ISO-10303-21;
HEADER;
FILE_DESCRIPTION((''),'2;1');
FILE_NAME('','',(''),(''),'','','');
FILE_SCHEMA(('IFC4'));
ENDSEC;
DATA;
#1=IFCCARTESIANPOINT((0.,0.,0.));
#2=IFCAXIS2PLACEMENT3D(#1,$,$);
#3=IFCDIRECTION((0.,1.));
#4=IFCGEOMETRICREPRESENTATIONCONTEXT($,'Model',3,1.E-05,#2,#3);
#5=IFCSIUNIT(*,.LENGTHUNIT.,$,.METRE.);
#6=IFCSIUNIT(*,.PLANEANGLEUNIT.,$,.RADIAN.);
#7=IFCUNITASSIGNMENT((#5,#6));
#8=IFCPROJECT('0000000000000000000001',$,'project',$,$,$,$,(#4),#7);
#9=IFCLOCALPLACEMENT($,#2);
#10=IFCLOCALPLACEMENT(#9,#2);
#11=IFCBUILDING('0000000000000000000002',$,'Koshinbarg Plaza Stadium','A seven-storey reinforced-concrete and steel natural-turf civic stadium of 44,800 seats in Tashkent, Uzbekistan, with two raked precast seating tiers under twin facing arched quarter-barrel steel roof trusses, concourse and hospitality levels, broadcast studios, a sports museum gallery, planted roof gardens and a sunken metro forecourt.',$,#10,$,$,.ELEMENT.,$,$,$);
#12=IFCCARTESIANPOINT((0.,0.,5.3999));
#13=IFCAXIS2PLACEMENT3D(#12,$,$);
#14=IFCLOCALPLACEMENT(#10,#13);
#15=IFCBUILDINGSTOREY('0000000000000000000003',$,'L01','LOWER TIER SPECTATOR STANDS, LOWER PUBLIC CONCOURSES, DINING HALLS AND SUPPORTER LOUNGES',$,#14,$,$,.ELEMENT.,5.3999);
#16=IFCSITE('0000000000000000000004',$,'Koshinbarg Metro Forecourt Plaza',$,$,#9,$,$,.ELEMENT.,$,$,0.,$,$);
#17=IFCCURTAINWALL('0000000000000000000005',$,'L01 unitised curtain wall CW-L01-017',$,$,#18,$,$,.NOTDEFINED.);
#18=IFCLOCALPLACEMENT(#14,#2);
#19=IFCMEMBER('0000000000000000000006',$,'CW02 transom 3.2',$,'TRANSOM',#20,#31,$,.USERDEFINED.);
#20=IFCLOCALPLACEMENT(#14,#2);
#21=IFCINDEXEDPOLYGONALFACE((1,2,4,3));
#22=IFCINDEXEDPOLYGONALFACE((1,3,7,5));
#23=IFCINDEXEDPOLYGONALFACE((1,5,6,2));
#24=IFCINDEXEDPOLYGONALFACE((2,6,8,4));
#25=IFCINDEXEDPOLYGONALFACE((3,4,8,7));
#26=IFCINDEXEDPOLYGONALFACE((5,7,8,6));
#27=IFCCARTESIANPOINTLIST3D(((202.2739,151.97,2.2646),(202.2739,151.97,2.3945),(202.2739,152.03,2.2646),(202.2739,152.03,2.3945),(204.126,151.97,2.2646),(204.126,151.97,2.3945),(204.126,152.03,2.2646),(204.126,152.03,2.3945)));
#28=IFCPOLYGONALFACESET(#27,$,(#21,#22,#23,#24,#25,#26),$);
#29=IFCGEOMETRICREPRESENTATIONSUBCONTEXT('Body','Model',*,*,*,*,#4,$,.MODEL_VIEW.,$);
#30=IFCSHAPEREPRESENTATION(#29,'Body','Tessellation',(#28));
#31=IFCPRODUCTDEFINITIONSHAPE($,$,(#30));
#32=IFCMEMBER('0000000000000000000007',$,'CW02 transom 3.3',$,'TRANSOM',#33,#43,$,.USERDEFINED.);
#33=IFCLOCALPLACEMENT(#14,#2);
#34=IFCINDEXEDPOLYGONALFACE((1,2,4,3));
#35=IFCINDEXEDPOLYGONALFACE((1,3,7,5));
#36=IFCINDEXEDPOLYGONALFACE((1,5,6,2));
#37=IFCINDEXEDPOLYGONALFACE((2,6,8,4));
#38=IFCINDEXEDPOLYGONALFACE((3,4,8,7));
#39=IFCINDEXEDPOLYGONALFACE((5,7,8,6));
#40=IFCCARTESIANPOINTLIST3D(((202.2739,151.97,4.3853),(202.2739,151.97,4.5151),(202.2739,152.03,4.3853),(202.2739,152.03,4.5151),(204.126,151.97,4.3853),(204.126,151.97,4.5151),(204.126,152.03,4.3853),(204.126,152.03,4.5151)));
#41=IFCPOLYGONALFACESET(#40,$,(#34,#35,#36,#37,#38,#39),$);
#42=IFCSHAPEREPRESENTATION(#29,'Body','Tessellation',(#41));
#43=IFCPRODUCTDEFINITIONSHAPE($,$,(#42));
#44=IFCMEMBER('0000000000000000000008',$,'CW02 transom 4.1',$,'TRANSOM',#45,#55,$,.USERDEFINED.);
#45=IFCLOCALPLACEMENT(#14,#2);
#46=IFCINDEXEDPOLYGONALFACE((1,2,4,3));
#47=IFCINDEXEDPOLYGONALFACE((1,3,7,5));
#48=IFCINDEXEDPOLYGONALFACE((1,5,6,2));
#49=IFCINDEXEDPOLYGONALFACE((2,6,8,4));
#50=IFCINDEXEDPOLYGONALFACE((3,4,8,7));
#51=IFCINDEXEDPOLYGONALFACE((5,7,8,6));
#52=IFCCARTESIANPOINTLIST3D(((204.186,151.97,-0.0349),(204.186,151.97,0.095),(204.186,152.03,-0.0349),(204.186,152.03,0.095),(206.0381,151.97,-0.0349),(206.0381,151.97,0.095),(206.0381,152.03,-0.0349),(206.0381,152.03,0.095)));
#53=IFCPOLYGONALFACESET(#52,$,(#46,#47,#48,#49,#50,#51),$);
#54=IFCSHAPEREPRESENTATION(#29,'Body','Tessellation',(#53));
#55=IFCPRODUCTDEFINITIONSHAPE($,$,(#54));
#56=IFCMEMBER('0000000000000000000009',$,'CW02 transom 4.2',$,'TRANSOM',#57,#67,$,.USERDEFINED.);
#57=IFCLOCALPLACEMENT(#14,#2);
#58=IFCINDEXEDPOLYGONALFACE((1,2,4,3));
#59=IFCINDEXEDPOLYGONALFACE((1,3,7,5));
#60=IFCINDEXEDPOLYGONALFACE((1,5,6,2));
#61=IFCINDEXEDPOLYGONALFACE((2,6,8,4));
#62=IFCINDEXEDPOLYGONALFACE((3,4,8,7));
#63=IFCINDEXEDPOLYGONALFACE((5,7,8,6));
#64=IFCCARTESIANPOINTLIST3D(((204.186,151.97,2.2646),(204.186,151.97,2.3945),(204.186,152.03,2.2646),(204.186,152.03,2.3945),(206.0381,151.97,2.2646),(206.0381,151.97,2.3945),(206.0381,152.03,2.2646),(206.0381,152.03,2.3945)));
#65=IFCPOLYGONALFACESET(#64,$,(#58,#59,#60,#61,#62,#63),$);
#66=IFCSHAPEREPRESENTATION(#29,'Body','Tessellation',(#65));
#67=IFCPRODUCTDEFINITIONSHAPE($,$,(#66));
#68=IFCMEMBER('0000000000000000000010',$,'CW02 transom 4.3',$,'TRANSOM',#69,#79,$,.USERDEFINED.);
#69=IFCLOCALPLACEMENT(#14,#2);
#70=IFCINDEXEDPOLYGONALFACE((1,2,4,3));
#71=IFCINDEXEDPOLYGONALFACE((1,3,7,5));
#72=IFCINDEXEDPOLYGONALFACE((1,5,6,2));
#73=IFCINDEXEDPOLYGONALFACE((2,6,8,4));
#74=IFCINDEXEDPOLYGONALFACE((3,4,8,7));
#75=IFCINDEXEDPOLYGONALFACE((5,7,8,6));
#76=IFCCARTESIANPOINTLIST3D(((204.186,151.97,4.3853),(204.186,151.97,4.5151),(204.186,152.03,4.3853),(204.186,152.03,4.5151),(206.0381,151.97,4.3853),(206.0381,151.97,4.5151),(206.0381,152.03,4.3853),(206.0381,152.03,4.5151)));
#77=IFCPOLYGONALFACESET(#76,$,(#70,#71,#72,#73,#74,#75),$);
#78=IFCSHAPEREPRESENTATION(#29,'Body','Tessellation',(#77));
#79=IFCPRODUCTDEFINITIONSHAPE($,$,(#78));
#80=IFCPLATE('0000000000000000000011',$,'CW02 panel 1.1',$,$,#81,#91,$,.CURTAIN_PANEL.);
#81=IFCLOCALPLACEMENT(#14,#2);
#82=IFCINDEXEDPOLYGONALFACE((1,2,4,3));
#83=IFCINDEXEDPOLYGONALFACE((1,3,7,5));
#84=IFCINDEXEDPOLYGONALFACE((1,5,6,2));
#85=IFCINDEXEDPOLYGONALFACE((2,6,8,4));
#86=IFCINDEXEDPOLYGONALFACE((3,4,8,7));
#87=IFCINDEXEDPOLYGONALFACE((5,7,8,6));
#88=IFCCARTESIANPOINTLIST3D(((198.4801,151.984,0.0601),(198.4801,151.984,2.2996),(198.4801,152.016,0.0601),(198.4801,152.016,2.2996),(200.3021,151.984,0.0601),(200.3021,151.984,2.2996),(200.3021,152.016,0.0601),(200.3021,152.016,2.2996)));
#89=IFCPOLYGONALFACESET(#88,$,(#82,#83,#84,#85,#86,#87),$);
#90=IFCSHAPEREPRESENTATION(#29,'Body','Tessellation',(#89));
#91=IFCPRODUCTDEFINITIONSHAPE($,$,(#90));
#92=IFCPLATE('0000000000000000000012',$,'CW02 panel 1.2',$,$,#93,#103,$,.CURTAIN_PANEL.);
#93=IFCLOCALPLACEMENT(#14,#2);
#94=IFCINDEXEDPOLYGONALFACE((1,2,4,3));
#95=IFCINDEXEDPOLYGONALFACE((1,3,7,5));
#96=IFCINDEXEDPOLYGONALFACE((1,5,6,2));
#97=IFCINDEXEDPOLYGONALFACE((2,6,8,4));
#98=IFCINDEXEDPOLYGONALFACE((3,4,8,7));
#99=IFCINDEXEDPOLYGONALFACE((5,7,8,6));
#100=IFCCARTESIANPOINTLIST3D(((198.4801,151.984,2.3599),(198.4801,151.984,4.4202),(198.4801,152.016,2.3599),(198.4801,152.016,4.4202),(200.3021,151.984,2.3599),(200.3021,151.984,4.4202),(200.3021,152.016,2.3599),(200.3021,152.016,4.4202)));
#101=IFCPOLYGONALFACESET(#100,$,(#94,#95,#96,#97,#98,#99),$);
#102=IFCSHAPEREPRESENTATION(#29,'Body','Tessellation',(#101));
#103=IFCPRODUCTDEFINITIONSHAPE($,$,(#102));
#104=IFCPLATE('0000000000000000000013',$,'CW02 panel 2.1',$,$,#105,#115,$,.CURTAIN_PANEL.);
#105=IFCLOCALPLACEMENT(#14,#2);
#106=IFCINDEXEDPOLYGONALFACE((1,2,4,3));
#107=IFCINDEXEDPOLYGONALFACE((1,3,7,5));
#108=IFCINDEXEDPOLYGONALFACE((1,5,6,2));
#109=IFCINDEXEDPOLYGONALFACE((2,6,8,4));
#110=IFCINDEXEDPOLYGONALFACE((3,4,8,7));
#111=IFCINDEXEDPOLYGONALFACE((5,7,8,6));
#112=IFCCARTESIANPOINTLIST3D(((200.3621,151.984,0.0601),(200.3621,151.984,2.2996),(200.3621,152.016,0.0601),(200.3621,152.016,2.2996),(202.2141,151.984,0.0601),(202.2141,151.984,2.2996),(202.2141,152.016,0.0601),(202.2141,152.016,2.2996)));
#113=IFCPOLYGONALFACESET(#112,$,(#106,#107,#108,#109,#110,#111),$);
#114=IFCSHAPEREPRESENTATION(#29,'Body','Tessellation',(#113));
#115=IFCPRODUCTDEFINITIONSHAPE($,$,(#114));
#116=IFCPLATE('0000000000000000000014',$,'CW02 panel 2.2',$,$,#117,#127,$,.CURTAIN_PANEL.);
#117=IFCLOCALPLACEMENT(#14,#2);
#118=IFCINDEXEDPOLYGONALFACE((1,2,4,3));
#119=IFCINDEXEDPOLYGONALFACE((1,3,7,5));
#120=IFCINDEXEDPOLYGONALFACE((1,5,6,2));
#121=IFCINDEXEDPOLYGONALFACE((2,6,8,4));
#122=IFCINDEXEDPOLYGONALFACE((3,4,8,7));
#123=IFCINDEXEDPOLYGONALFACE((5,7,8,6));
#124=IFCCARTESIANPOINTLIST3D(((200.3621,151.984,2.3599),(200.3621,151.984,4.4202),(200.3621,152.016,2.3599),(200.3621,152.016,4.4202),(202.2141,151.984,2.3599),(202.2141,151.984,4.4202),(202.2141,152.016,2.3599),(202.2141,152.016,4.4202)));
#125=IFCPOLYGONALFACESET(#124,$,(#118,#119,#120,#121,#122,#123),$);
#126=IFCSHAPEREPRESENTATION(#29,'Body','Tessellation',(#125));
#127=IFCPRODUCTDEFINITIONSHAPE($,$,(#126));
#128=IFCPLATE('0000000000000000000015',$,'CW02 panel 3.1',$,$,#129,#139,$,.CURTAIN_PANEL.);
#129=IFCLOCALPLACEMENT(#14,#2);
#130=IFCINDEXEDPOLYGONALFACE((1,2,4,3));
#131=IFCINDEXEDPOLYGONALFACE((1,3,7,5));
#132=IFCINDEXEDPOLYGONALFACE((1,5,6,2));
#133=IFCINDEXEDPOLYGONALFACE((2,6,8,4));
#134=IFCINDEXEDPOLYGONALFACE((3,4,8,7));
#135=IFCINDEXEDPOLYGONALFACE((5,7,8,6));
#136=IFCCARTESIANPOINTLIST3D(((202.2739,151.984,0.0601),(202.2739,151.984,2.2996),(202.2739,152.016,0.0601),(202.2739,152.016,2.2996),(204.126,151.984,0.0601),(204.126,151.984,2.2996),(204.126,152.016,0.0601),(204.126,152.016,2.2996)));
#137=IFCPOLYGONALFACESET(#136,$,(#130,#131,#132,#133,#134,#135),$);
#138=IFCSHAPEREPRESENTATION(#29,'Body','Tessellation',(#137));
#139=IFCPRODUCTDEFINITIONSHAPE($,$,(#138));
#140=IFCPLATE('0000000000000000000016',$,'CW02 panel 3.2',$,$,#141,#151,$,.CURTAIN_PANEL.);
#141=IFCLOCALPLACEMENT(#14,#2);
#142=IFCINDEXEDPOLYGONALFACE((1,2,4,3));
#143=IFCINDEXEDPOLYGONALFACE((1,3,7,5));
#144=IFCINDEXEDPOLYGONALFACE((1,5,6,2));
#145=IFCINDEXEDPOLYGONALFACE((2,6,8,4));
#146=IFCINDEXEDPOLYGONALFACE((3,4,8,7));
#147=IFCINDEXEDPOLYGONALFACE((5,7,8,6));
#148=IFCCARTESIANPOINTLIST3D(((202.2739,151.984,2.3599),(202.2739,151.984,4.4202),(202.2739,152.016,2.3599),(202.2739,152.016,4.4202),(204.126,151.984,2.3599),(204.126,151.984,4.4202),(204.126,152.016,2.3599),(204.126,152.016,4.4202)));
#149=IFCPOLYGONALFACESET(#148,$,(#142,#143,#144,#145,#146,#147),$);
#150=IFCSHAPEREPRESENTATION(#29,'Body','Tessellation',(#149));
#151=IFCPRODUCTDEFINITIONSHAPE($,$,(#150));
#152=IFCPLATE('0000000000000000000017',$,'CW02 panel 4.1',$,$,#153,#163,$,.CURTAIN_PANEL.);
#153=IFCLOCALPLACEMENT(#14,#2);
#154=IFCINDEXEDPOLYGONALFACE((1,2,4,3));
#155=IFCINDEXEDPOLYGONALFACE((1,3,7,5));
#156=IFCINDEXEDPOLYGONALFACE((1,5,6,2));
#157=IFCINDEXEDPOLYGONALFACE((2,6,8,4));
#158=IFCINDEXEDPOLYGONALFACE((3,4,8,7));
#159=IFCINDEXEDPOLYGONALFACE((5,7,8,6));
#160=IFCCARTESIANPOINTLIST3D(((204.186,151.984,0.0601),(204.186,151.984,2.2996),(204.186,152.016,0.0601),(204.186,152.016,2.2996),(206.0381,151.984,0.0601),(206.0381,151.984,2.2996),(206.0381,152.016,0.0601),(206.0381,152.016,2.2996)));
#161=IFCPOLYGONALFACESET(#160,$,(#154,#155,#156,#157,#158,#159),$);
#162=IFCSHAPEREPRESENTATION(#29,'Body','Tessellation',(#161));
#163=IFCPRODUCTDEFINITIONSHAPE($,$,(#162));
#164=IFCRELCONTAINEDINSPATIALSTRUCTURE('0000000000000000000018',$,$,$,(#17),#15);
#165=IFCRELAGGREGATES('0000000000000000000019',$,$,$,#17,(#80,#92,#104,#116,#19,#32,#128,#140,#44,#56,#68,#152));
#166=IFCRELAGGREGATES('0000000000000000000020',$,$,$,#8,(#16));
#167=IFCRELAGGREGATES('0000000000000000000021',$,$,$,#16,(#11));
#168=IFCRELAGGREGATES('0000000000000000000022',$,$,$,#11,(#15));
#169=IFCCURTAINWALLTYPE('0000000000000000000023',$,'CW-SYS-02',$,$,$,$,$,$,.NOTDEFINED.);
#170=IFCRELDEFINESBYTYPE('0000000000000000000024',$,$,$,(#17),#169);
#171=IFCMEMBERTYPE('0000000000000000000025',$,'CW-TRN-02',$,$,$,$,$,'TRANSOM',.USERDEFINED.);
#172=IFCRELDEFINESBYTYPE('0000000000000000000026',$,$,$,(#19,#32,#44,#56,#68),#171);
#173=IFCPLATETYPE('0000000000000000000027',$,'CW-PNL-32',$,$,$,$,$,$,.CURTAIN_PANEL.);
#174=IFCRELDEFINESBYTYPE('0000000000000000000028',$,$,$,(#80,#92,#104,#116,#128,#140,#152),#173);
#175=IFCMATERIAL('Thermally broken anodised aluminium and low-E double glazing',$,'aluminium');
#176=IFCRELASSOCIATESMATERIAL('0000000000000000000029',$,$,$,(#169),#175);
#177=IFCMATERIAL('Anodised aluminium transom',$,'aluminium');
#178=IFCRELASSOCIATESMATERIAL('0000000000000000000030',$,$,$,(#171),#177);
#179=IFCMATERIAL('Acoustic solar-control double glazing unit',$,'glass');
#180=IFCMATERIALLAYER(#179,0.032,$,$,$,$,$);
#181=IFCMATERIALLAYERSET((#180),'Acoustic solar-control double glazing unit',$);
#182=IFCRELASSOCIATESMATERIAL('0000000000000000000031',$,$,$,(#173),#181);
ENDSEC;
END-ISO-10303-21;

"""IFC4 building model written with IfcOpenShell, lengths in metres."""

from ifc_helpers import new_model, si_unit, direction, frame, origin, origin_2d, place, context, subcontext, project, spatial, rectangle, extrude, material, layer, layer_set, material_profile, profile_set, type_object, element, aggregate, save


model = new_model("IFC4")

# Units and contexts
model_context = context("Model", 3, precision=1e-05, world=origin(), true_north=direction((0.0, 1.0)))
body_context = subcontext(model_context, "Body", "Model", "MODEL_VIEW")
ifc_project = project(units=[si_unit("LENGTHUNIT", "METRE"), si_unit("PLANEANGLEUNIT", "RADIAN")], contexts=[model_context])

# Site, building, storey
site_placement = place(None, origin())
site = spatial("IfcSite", under=ifc_project, at=site_placement, Name="Koshinbarg Metro Forecourt Plaza", CompositionType="ELEMENT", RefElevation=0.0)
building_placement = place(site_placement, origin())
building = spatial("IfcBuilding", under=site, at=building_placement, Name="Koshinbarg Plaza Stadium", Description="A seven-storey reinforced-concrete and steel natural-turf civic stadium of 44,800 seats in Tashkent, Uzbekistan, with two raked precast seating tiers under twin facing arched quarter-barrel steel roof trusses, concourse and hospitality levels, broadcast studios, a sports museum gallery, planted roof gardens and a sunken metro forecourt.", CompositionType="ELEMENT")
storey_placement = place(building_placement, frame((0.0, 0.0, 5.3999)))
storey = spatial("IfcBuildingStorey", under=building, at=storey_placement, Name="L01", Description="LOWER TIER SPECTATOR STANDS, LOWER PUBLIC CONCOURSES, DINING HALLS AND SUPPORTER LOUNGES", CompositionType="ELEMENT", Elevation=5.3999)

# Curtain wall, members, plates
ifc_material_1 = material(Name="Thermally broken anodised aluminium and low-E double glazing", Category="aluminium")
curtain_wall_type = type_object("IfcCurtainWallType", Name="CW-SYS-02", PredefinedType="NOTDEFINED", material=ifc_material_1)
curtain_wall_placement = place(storey_placement, origin())
curtain_wall = element("IfcCurtainWall", 1, at=curtain_wall_placement, inside=storey, type_object=curtain_wall_type, Name="L01 unitised curtain wall CW-L01-017", PredefinedType="NOTDEFINED")
ifc_material_2 = material(Name="Anodised aluminium transom", Category="aluminium")
ifc_material_profile_1 = material_profile(ifc_material_2, rectangle(XDim=0.0601, YDim=0.1299, at=origin_2d()), Name="ALU 60x130")
ifc_profile_set_1 = profile_set([ifc_material_profile_1], Name="Anodised aluminium transom")
member_type_1 = type_object("IfcMemberType", Name="CW-TRN-02", ElementType="TRANSOM", PredefinedType="USERDEFINED", material=ifc_profile_set_1)
member_1_placement = place(storey_placement, frame((202.2739, 152.0, 2.3296), z_axis=(1.0, 0.0, 0.0), x_axis=(0.0, 1.0, 0.0)))
member_1 = element("IfcMember", 2, at=member_1_placement, type_object=member_type_1, Name="CW02 transom 3.2", ObjectType="TRANSOM", PredefinedType="USERDEFINED", context=body_context, shape_type="SweptSolid", body=[
    extrude(rectangle(XDim=0.0601, YDim=0.1299, at=origin_2d()), origin(), (0.0, 0.0, 1.0), 1.8521),
])
member_2_placement = place(storey_placement, frame((202.2739, 152.0, 4.4502), z_axis=(1.0, 0.0, 0.0), x_axis=(0.0, 1.0, 0.0)))
member_2 = element("IfcMember", 3, at=member_2_placement, type_object=member_type_1, Name="CW02 transom 3.3", ObjectType="TRANSOM", PredefinedType="USERDEFINED", context=body_context, shape_type="SweptSolid", body=[
    extrude(rectangle(XDim=0.0601, YDim=0.1299, at=origin_2d()), origin(), (0.0, 0.0, 1.0), 1.8521),
])
member_3_placement = place(storey_placement, frame((204.186, 152.0, 0.03), z_axis=(1.0, 0.0, 0.0), x_axis=(0.0, 1.0, 0.0)))
member_3 = element("IfcMember", 4, at=member_3_placement, type_object=member_type_1, Name="CW02 transom 4.1", ObjectType="TRANSOM", PredefinedType="USERDEFINED", context=body_context, shape_type="SweptSolid", body=[
    extrude(rectangle(XDim=0.0601, YDim=0.1299, at=origin_2d()), origin(), (0.0, 0.0, 1.0), 1.8521),
])
member_4_placement = place(storey_placement, frame((204.186, 152.0, 2.3296), z_axis=(1.0, 0.0, 0.0), x_axis=(0.0, 1.0, 0.0)))
member_4 = element("IfcMember", 5, at=member_4_placement, type_object=member_type_1, Name="CW02 transom 4.2", ObjectType="TRANSOM", PredefinedType="USERDEFINED", context=body_context, shape_type="SweptSolid", body=[
    extrude(rectangle(XDim=0.0601, YDim=0.1299, at=origin_2d()), origin(), (0.0, 0.0, 1.0), 1.8521),
])
member_5_placement = place(storey_placement, frame((204.186, 152.0, 4.4502), z_axis=(1.0, 0.0, 0.0), x_axis=(0.0, 1.0, 0.0)))
member_5 = element("IfcMember", 6, at=member_5_placement, type_object=member_type_1, Name="CW02 transom 4.3", ObjectType="TRANSOM", PredefinedType="USERDEFINED", context=body_context, shape_type="SweptSolid", body=[
    extrude(rectangle(XDim=0.0601, YDim=0.1299, at=origin_2d()), origin(), (0.0, 0.0, 1.0), 1.8521),
])
ifc_material_3 = material(Name="Acoustic solar-control double glazing unit", Category="glass")
ifc_layer = layer(ifc_material_3, 0.032)
ifc_layer_set = layer_set([ifc_layer], Name="Acoustic solar-control double glazing unit")
plate_type = type_object("IfcPlateType", Name="CW-PNL-32", PredefinedType="CURTAIN_PANEL", material=ifc_layer_set)
plate_1_placement = place(storey_placement, frame((199.3911, 152.0, 0.0601), z_axis=(0.0, 0.0, 1.0), x_axis=(1.0, 0.0, 0.0)))
plate_1 = element("IfcPlate", 7, at=plate_1_placement, type_object=plate_type, Name="CW02 panel 1.1", PredefinedType="CURTAIN_PANEL", context=body_context, shape_type="SweptSolid", body=[
    extrude(rectangle(XDim=1.822, YDim=0.032, at=origin_2d()), origin(), (0.0, 0.0, 1.0), 2.2395),
])
plate_2_placement = place(storey_placement, frame((199.3911, 152.0, 2.3599), z_axis=(0.0, 0.0, 1.0), x_axis=(1.0, 0.0, 0.0)))
plate_2 = element("IfcPlate", 8, at=plate_2_placement, type_object=plate_type, Name="CW02 panel 1.2", PredefinedType="CURTAIN_PANEL", context=body_context, shape_type="SweptSolid", body=[
    extrude(rectangle(XDim=1.822, YDim=0.032, at=origin_2d()), origin(), (0.0, 0.0, 1.0), 2.0603),
])
plate_3_placement = place(storey_placement, frame((201.2881, 152.0, 0.0601), z_axis=(0.0, 0.0, 1.0), x_axis=(1.0, 0.0, 0.0)))
plate_3 = element("IfcPlate", 9, at=plate_3_placement, type_object=plate_type, Name="CW02 panel 2.1", PredefinedType="CURTAIN_PANEL", context=body_context, shape_type="SweptSolid", body=[
    extrude(rectangle(XDim=1.8521, YDim=0.032, at=origin_2d()), origin(), (0.0, 0.0, 1.0), 2.2395),
])
plate_4_placement = place(storey_placement, frame((201.2881, 152.0, 2.3599), z_axis=(0.0, 0.0, 1.0), x_axis=(1.0, 0.0, 0.0)))
plate_4 = element("IfcPlate", 10, at=plate_4_placement, type_object=plate_type, Name="CW02 panel 2.2", PredefinedType="CURTAIN_PANEL", context=body_context, shape_type="SweptSolid", body=[
    extrude(rectangle(XDim=1.8521, YDim=0.032, at=origin_2d()), origin(), (0.0, 0.0, 1.0), 2.0603),
])
plate_5_placement = place(storey_placement, frame((203.2, 152.0, 0.0601), z_axis=(0.0, 0.0, 1.0), x_axis=(1.0, 0.0, 0.0)))
plate_5 = element("IfcPlate", 11, at=plate_5_placement, type_object=plate_type, Name="CW02 panel 3.1", PredefinedType="CURTAIN_PANEL", context=body_context, shape_type="SweptSolid", body=[
    extrude(rectangle(XDim=1.8521, YDim=0.032, at=origin_2d()), origin(), (0.0, 0.0, 1.0), 2.2395),
])
plate_6_placement = place(storey_placement, frame((203.2, 152.0, 2.3599), z_axis=(0.0, 0.0, 1.0), x_axis=(1.0, 0.0, 0.0)))
plate_6 = element("IfcPlate", 12, at=plate_6_placement, type_object=plate_type, Name="CW02 panel 3.2", PredefinedType="CURTAIN_PANEL", context=body_context, shape_type="SweptSolid", body=[
    extrude(rectangle(XDim=1.8521, YDim=0.032, at=origin_2d()), origin(), (0.0, 0.0, 1.0), 2.0603),
])
plate_7_placement = place(storey_placement, frame((205.1121, 152.0, 0.0601), z_axis=(0.0, 0.0, 1.0), x_axis=(1.0, 0.0, 0.0)))
plate_7 = element("IfcPlate", 13, at=plate_7_placement, type_object=plate_type, Name="CW02 panel 4.1", PredefinedType="CURTAIN_PANEL", context=body_context, shape_type="SweptSolid", body=[
    extrude(rectangle(XDim=1.8521, YDim=0.032, at=origin_2d()), origin(), (0.0, 0.0, 1.0), 2.2395),
])
aggregate(curtain_wall, [plate_1, plate_2, plate_3, plate_4, member_1, member_2, plate_5, plate_6, member_3, member_4, member_5, plate_7])

save(model, "model.ifc")
